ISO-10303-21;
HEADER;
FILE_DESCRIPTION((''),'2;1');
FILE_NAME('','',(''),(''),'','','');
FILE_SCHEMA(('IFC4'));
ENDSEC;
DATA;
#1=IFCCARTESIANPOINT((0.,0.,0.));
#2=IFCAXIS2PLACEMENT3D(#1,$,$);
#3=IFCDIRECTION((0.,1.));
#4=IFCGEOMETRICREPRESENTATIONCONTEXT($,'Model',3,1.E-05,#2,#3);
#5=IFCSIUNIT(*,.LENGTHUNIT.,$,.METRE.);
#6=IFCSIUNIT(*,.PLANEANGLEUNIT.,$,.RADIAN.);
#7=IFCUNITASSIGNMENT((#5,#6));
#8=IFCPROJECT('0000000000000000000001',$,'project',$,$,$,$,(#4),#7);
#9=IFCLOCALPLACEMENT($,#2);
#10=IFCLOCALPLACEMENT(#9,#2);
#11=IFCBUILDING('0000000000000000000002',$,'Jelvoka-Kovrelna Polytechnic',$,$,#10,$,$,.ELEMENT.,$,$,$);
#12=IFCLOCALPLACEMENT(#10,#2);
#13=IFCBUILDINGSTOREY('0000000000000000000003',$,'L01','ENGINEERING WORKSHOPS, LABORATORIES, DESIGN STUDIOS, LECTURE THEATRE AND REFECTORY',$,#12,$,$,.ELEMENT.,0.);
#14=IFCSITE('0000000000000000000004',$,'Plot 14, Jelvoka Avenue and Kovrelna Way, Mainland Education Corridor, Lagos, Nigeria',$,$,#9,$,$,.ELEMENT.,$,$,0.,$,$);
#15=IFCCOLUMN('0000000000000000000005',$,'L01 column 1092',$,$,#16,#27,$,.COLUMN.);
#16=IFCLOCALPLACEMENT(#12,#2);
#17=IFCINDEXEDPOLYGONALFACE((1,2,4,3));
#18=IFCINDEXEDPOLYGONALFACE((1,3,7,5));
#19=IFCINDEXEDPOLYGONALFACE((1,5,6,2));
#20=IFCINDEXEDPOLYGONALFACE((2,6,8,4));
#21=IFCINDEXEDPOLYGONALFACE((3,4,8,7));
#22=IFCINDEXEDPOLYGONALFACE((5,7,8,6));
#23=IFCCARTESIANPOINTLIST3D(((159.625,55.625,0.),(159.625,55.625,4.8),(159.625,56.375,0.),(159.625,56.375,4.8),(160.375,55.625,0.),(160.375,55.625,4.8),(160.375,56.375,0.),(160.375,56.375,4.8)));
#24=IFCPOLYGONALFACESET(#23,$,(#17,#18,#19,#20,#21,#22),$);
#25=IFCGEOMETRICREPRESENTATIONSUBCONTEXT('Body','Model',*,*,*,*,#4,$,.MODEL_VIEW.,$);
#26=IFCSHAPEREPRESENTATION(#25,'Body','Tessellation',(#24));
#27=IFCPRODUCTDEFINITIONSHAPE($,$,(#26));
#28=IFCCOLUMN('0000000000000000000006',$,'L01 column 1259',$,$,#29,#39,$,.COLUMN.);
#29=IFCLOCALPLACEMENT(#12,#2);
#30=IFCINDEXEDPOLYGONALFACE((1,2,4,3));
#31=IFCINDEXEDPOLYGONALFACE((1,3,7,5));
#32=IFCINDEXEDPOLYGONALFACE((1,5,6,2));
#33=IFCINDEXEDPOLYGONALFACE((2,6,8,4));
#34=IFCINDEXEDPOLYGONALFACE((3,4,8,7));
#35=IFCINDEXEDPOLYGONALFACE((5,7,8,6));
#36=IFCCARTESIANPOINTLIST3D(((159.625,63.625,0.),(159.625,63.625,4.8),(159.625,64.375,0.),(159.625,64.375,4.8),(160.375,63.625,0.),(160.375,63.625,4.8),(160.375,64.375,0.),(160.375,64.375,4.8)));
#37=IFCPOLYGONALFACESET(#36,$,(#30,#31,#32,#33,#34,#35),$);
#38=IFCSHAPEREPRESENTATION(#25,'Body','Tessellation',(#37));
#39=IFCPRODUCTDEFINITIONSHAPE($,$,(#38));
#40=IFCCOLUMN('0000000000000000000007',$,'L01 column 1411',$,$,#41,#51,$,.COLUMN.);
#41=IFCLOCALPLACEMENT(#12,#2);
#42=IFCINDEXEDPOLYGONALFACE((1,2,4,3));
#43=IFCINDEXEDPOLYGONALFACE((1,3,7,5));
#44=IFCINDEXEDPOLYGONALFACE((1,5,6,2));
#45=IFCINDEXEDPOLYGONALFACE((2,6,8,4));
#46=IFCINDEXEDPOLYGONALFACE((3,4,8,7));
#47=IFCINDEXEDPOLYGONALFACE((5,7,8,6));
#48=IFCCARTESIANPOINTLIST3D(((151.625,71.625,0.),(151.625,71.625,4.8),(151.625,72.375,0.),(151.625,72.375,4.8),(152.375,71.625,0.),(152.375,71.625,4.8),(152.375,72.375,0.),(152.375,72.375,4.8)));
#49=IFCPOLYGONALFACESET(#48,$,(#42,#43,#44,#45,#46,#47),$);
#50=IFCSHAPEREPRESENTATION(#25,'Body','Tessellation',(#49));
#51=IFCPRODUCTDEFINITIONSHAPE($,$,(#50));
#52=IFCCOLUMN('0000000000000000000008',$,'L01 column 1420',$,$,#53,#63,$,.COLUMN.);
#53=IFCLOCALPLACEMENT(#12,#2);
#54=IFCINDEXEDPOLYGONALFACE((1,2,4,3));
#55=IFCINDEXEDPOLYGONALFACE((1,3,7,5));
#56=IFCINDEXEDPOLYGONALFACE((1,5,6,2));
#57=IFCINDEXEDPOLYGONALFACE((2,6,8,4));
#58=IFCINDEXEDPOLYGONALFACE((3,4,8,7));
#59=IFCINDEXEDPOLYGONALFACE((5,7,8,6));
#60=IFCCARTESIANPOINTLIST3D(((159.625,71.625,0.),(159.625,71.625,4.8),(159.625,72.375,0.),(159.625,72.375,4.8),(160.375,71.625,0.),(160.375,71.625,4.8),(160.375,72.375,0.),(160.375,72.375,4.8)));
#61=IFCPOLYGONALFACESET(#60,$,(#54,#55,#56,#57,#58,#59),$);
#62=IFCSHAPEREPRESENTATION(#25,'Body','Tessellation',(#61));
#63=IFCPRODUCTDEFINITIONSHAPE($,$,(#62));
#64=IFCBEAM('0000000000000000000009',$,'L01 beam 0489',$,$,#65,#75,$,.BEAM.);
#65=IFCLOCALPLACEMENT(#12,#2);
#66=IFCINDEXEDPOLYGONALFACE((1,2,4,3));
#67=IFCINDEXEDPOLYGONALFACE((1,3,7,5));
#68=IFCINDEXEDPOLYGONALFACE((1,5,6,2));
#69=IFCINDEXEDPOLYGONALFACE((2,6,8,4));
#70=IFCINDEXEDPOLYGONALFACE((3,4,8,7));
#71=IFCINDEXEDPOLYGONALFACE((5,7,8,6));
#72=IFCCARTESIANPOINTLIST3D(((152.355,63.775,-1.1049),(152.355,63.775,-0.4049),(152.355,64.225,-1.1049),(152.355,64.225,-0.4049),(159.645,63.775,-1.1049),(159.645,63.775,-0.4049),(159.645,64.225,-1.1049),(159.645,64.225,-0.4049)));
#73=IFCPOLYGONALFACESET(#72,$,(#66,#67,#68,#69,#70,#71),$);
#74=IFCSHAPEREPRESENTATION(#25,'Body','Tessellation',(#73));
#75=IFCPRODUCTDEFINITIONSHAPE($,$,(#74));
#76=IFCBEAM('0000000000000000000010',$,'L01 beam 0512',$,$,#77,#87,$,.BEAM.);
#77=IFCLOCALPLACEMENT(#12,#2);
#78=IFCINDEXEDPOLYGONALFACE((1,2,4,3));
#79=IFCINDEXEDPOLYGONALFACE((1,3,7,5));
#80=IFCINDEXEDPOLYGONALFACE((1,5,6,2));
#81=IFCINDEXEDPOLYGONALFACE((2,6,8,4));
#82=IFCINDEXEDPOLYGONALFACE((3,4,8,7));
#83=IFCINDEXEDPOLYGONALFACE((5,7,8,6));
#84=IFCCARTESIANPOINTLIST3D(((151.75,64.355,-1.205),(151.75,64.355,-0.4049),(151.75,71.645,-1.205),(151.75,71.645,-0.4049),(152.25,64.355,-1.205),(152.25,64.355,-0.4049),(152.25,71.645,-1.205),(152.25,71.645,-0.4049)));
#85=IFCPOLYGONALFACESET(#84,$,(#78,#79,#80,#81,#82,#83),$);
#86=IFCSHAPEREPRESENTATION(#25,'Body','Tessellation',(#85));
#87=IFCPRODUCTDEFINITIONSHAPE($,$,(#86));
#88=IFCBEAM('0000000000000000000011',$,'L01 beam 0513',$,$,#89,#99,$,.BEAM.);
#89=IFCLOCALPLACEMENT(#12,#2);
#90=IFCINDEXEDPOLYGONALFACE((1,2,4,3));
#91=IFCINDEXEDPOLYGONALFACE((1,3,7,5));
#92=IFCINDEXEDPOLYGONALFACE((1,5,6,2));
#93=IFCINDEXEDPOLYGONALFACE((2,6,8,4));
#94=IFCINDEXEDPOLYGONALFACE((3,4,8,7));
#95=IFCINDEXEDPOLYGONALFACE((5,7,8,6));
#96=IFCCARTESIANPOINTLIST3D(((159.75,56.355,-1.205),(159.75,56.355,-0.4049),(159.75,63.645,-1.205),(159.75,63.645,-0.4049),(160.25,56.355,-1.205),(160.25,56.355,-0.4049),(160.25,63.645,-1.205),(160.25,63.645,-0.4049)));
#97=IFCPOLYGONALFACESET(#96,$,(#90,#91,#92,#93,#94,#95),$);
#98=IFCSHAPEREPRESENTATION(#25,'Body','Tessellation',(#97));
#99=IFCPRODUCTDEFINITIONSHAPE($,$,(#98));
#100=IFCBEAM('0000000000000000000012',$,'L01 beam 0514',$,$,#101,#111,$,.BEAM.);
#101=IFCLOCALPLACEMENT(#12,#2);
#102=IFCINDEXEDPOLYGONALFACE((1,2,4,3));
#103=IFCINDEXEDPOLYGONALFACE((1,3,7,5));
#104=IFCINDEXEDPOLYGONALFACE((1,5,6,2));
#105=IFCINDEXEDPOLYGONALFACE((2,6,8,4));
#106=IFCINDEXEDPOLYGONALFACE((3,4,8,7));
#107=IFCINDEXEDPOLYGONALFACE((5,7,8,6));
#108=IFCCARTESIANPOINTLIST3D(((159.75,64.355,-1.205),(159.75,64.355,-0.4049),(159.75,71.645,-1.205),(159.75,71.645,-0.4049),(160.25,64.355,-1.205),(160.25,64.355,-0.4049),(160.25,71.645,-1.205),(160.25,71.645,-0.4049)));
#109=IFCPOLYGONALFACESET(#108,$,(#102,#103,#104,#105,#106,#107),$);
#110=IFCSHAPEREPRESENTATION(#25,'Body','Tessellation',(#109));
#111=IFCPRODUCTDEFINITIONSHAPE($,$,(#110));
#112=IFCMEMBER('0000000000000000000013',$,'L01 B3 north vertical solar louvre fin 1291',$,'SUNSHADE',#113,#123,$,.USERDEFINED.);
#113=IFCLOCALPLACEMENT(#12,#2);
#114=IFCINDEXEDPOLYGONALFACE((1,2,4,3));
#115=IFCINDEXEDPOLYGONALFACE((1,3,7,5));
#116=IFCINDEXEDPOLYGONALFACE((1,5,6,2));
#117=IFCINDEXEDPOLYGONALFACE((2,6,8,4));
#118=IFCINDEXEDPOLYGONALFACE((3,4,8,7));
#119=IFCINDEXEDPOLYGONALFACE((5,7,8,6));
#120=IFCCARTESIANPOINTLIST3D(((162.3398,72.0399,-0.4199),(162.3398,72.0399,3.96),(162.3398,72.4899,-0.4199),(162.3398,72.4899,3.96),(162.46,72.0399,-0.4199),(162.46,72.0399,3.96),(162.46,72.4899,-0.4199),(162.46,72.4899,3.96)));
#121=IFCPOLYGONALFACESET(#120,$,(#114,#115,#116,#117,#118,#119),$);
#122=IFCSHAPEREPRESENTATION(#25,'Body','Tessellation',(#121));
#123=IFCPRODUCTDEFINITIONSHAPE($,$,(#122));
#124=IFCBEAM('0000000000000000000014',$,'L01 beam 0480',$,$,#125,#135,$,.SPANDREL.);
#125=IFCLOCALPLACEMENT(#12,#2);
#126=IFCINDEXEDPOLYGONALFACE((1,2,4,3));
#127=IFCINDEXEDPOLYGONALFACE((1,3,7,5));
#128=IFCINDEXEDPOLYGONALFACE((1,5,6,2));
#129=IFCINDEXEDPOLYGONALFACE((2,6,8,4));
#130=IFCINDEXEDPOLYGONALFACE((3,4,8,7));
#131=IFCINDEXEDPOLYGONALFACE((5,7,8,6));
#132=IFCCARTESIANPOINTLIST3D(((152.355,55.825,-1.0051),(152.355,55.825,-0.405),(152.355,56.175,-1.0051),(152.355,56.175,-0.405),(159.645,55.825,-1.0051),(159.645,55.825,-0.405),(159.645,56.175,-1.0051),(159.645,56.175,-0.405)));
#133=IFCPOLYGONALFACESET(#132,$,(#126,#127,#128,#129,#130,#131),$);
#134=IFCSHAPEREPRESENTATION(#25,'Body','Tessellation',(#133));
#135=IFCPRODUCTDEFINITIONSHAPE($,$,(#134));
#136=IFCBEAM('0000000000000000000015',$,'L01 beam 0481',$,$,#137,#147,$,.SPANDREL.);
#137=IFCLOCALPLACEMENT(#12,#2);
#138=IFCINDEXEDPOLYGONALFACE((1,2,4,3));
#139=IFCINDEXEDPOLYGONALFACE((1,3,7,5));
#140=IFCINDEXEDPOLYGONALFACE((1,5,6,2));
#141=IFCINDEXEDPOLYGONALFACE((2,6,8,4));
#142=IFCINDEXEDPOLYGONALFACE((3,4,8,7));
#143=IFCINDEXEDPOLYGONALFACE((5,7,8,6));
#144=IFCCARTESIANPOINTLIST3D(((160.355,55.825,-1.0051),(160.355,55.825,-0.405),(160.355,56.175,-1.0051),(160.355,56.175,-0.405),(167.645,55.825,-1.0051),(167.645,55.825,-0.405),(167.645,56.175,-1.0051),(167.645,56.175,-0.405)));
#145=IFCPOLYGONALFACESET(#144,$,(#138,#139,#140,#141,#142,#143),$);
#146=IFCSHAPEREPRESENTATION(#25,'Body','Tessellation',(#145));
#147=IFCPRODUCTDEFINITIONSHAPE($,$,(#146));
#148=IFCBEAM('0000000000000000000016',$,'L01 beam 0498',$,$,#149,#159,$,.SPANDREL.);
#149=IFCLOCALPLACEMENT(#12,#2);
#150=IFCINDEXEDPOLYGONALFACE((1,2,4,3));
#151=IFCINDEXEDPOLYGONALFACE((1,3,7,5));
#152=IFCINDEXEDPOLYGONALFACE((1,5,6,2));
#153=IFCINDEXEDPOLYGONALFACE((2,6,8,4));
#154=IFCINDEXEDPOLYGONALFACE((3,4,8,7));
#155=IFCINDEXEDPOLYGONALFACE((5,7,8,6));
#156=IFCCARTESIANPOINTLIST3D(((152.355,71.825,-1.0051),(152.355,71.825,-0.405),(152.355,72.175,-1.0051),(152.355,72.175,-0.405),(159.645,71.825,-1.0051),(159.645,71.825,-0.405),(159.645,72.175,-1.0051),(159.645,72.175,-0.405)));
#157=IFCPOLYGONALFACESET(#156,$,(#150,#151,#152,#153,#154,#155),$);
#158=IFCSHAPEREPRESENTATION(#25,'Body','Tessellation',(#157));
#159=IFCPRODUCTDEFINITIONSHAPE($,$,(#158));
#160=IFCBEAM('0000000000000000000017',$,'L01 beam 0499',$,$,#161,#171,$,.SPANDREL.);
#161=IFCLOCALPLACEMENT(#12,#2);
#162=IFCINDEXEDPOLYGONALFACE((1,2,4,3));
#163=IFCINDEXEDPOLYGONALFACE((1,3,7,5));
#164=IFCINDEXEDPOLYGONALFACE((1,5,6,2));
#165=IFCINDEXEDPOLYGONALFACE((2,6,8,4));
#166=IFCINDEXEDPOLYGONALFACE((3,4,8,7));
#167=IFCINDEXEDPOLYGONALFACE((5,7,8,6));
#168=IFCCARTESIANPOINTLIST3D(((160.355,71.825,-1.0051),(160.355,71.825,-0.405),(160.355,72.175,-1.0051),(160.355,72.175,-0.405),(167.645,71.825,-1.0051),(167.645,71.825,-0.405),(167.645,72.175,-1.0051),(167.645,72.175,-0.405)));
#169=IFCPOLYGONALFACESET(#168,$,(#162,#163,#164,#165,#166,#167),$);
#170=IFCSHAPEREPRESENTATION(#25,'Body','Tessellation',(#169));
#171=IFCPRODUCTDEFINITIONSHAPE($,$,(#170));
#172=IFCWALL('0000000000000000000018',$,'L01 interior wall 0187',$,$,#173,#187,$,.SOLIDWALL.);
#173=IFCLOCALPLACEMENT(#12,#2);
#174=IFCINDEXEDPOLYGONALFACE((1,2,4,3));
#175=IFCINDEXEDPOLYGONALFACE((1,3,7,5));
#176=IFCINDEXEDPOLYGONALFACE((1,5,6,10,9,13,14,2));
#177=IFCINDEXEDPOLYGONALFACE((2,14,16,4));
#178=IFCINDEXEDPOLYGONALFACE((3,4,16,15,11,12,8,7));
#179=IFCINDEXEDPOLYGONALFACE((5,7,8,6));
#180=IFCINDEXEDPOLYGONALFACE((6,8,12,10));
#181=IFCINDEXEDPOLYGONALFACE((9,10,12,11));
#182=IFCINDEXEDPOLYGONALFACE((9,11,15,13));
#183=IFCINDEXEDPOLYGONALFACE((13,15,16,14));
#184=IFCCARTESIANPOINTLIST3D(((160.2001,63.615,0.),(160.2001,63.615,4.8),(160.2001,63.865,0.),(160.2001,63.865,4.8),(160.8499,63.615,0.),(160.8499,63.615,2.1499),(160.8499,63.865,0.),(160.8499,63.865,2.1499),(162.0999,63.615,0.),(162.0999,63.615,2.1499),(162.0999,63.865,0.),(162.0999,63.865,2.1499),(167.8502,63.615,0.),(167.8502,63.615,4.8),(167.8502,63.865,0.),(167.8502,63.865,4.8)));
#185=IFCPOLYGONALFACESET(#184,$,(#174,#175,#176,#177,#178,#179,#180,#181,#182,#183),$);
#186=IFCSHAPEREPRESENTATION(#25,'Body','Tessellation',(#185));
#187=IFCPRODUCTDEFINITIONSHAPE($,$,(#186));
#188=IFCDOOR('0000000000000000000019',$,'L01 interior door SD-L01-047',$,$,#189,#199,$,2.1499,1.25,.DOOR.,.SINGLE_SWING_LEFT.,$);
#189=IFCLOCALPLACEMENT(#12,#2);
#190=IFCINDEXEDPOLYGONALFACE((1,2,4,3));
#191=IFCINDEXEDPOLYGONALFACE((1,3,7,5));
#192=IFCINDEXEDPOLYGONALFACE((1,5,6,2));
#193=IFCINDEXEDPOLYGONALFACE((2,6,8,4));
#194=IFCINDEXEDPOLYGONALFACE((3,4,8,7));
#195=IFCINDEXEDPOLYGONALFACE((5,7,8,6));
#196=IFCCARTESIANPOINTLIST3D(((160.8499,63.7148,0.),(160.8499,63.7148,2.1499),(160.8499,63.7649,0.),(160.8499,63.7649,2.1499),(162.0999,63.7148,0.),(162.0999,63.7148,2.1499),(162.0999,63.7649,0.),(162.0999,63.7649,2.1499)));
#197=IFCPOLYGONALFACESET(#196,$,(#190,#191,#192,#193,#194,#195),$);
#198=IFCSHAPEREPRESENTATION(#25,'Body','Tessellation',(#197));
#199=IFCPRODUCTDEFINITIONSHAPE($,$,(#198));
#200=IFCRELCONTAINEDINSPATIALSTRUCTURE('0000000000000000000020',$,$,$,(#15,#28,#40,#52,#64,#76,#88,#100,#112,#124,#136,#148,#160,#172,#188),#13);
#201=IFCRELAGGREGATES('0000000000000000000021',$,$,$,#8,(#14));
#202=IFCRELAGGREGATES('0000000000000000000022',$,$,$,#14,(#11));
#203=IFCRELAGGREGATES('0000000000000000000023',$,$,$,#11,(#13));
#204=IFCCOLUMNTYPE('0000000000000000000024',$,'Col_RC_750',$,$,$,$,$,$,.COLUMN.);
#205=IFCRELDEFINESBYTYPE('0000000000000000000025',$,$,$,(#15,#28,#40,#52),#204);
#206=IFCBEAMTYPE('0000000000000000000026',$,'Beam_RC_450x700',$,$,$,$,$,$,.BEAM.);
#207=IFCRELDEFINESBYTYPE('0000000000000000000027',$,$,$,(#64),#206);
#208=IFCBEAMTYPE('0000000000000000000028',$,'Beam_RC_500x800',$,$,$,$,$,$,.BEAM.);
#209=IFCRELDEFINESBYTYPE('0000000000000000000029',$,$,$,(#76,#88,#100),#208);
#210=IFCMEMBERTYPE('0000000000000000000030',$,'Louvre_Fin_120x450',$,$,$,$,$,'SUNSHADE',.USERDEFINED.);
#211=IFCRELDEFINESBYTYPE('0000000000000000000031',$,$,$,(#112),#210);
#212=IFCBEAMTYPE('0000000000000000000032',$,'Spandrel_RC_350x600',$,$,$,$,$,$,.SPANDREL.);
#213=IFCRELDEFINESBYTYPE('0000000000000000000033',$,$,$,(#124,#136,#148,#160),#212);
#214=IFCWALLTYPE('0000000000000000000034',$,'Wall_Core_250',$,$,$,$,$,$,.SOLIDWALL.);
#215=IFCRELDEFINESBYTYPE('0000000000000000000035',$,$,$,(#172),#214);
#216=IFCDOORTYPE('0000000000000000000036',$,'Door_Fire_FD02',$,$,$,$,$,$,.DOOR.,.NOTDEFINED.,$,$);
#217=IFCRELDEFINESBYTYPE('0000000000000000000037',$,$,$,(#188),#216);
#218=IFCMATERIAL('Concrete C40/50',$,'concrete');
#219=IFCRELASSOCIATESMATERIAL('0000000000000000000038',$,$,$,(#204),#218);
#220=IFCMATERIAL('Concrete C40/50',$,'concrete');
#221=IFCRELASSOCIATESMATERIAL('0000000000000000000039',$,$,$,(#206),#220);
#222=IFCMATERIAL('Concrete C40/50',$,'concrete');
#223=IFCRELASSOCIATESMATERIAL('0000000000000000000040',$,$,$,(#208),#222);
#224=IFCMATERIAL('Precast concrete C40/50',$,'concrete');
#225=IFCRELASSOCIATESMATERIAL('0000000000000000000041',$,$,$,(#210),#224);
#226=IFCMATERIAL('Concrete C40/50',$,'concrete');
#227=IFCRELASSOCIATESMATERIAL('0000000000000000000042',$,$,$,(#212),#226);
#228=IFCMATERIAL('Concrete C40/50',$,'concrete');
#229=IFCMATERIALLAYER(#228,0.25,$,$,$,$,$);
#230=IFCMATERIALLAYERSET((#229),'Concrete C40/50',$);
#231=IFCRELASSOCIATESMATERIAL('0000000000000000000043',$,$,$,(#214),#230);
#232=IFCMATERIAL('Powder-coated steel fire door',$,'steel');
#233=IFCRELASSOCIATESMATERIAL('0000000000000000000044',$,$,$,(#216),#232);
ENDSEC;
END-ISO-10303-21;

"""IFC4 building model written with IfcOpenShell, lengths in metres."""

from ifc_helpers import new_model, si_unit, direction, frame, frame_2d, origin, origin_2d, place, context, subcontext, project, spatial, rectangle, extrude, material, layer, layer_set, material_profile, profile_set, type_object, element, fill, save


model = new_model("IFC4")

# Units and contexts
model_context = context("Model", 3, precision=1e-05, world=origin(), true_north=direction((0.0, 1.0)))
body_context = subcontext(model_context, "Body", "Model", "MODEL_VIEW")
ifc_project = project(units=[si_unit("LENGTHUNIT", "METRE"), si_unit("PLANEANGLEUNIT", "RADIAN")], contexts=[model_context])

# Site, building, storey
site_placement = place(None, origin())
site = spatial("IfcSite", under=ifc_project, at=site_placement, Name="Plot 14, Jelvoka Avenue and Kovrelna Way, Mainland Education Corridor, Lagos, Nigeria", CompositionType="ELEMENT", RefElevation=0.0)
building_placement = place(site_placement, origin())
building = spatial("IfcBuilding", under=site, at=building_placement, Name="Jelvoka-Kovrelna Polytechnic", CompositionType="ELEMENT")
storey_placement = place(building_placement, origin())
storey = spatial("IfcBuildingStorey", under=building, at=storey_placement, Name="L01", Description="ENGINEERING WORKSHOPS, LABORATORIES, DESIGN STUDIOS, LECTURE THEATRE AND REFECTORY", CompositionType="ELEMENT", Elevation=0.0)

# Columns
ifc_material_1 = material(Name="Concrete C40/50", Category="concrete")
ifc_material_profile_1 = material_profile(ifc_material_1, rectangle(XDim=0.75, YDim=0.75, at=origin_2d()), Name="RC 750x750")
ifc_profile_set_1 = profile_set([ifc_material_profile_1], Name="Concrete C40/50")
column_type = type_object("IfcColumnType", Name="Col_RC_750", PredefinedType="COLUMN", material=ifc_profile_set_1)
for number, where, z_axis, x_axis, name in (
    (1, (160.0, 56.0, 0.0), (0.0, 0.0, 1.0), (1.0, 0.0, 0.0), "L01 column 1092"),
    (2, (160.0, 64.0, 0.0), (0.0, 0.0, 1.0), (1.0, 0.0, 0.0), "L01 column 1259"),
    (3, (152.0, 72.0, 0.0), (0.0, 0.0, 1.0), (1.0, 0.0, 0.0), "L01 column 1411"),
    (4, (160.0, 72.0, 0.0), (0.0, 0.0, 1.0), (1.0, 0.0, 0.0), "L01 column 1420"),
):
    element("IfcColumn", number, at=place(storey_placement, frame(where, z_axis=z_axis, x_axis=x_axis)), inside=storey, type_object=column_type, Name=name, PredefinedType="COLUMN", context=body_context, shape_type="SweptSolid", body=[
        extrude(rectangle(XDim=0.75, YDim=0.75, at=origin_2d()), origin(), (0.0, 0.0, 1.0), 4.8),
    ])

# Beams
ifc_material_2 = material(Name="Concrete C40/50", Category="concrete")
ifc_material_profile_2 = material_profile(ifc_material_2, rectangle(XDim=0.45, YDim=0.7, at=origin_2d()), Name="RC 450x700")
ifc_profile_set_2 = profile_set([ifc_material_profile_2], Name="Concrete C40/50")
beam_type_1 = type_object("IfcBeamType", Name="Beam_RC_450x700", PredefinedType="BEAM", material=ifc_profile_set_2)
beam_placement = place(storey_placement, frame((152.355, 64.0, -0.7549), z_axis=(1.0, 0.0, 0.0), x_axis=(0.0, 1.0, 0.0)))
element("IfcBeam", 5, at=beam_placement, inside=storey, type_object=beam_type_1, Name="L01 beam 0489", PredefinedType="BEAM", context=body_context, shape_type="SweptSolid", body=[
    extrude(rectangle(XDim=0.45, YDim=0.7, at=origin_2d()), origin(), (0.0, 0.0, 1.0), 7.29),
])
ifc_material_3 = material(Name="Concrete C40/50", Category="concrete")
ifc_material_profile_3 = material_profile(ifc_material_3, rectangle(XDim=0.5, YDim=0.8, at=origin_2d()), Name="RC 500x800")
ifc_profile_set_3 = profile_set([ifc_material_profile_3], Name="Concrete C40/50")
beam_type_2 = type_object("IfcBeamType", Name="Beam_RC_500x800", PredefinedType="BEAM", material=ifc_profile_set_3)
for number, where, z_axis, x_axis, name in (
    (6, (152.0, 64.355, -0.8049), (0.0, 1.0, 0.0), (-1.0, 0.0, 0.0), "L01 beam 0512"),
    (7, (160.0, 56.355, -0.8049), (0.0, 1.0, 0.0), (-1.0, 0.0, 0.0), "L01 beam 0513"),
    (8, (160.0, 64.355, -0.8049), (0.0, 1.0, 0.0), (-1.0, 0.0, 0.0), "L01 beam 0514"),
):
    element("IfcBeam", number, at=place(storey_placement, frame(where, z_axis=z_axis, x_axis=x_axis)), inside=storey, type_object=beam_type_2, Name=name, PredefinedType="BEAM", context=body_context, shape_type="SweptSolid", body=[
        extrude(rectangle(XDim=0.5, YDim=0.8, at=origin_2d()), origin(), (0.0, 0.0, 1.0), 7.29),
    ])

# Member
ifc_material_4 = material(Name="Precast concrete C40/50", Category="concrete")
ifc_material_profile_4 = material_profile(ifc_material_4, rectangle(XDim=0.1201, YDim=0.45, at=origin_2d()), Name="PC 120x450")
ifc_profile_set_4 = profile_set([ifc_material_profile_4], Name="Precast concrete C40/50")
member_type = type_object("IfcMemberType", Name="Louvre_Fin_120x450", ElementType="SUNSHADE", PredefinedType="USERDEFINED", material=ifc_profile_set_4)
member_placement = place(storey_placement, frame((162.3999, 72.2649, -0.4199), z_axis=(0.0, 0.0, 1.0), x_axis=(1.0, 0.0, 0.0)))
element("IfcMember", 9, at=member_placement, inside=storey, type_object=member_type, Name="L01 B3 north vertical solar louvre fin 1291", ObjectType="SUNSHADE", PredefinedType="USERDEFINED", context=body_context, shape_type="SweptSolid", body=[
    extrude(rectangle(XDim=0.1201, YDim=0.45, at=origin_2d()), origin(), (0.0, 0.0, 1.0), 4.3799),
])

# Beams
ifc_material_5 = material(Name="Concrete C40/50", Category="concrete")
ifc_material_profile_5 = material_profile(ifc_material_5, rectangle(XDim=0.3501, YDim=0.6001, at=origin_2d()), Name="RC 350x600")
ifc_profile_set_5 = profile_set([ifc_material_profile_5], Name="Concrete C40/50")
beam_type_3 = type_object("IfcBeamType", Name="Spandrel_RC_350x600", PredefinedType="SPANDREL", material=ifc_profile_set_5)
for number, where, z_axis, x_axis, name in (
    (10, (152.355, 56.0, -0.7051), (1.0, 0.0, 0.0), (0.0, 1.0, 0.0), "L01 beam 0480"),
    (11, (160.355, 56.0, -0.7051), (1.0, 0.0, 0.0), (0.0, 1.0, 0.0), "L01 beam 0481"),
    (12, (152.355, 72.0, -0.7051), (1.0, 0.0, 0.0), (0.0, 1.0, 0.0), "L01 beam 0498"),
    (13, (160.355, 72.0, -0.7051), (1.0, 0.0, 0.0), (0.0, 1.0, 0.0), "L01 beam 0499"),
):
    element("IfcBeam", number, at=place(storey_placement, frame(where, z_axis=z_axis, x_axis=x_axis)), inside=storey, type_object=beam_type_3, Name=name, PredefinedType="SPANDREL", context=body_context, shape_type="SweptSolid", body=[
        extrude(rectangle(XDim=0.3501, YDim=0.6001, at=origin_2d()), origin(), (0.0, 0.0, 1.0), 7.29),
    ])

# Wall, opening, door
ifc_material_6 = material(Name="Concrete C40/50", Category="concrete")
ifc_layer_1 = layer(ifc_material_6, 0.25)
ifc_layer_set_1 = layer_set([ifc_layer_1], Name="Concrete C40/50")
wall_type_1 = type_object("IfcWallType", Name="Wall_Core_250", PredefinedType="SOLIDWALL", material=ifc_layer_set_1)
wall_1_placement = place(storey_placement, frame((160.2, 63.74, 0.0), z_axis=(0.0, 0.0, 1.0), x_axis=(1.0, 0.0, 0.0)))
wall_1 = element("IfcWall", 14, at=wall_1_placement, inside=storey, type_object=wall_type_1, Name="L01 interior wall 0187", PredefinedType="SOLIDWALL", context=body_context, shape_type="SweptSolid", body=[
    extrude(rectangle(XDim=7.6501, YDim=0.25, at=frame_2d((3.8252, 0.0))), origin(), (0.0, 0.0, 1.0), 4.8),
])
opening_1_placement = place(wall_1_placement, frame((0.6499, 0.0, 0.0)))
opening_1 = element("IfcOpeningElement", 15, at=opening_1_placement, cuts=wall_1, PredefinedType="OPENING", context=body_context, shape_type="SweptSolid", body=[
    extrude(rectangle(XDim=1.25, YDim=2.1499, at=frame_2d((0.625, 1.075))), frame((0.0, 0.135, 0.0), z_axis=(0.0, -1.0, 0.0), x_axis=(1.0, 0.0, 0.0)), (0.0, 0.0, 1.0), 0.27),
])
ifc_material_7 = material(Name="Powder-coated steel fire door", Category="steel")
door_type_1 = type_object("IfcDoorType", Name="Door_Fire_FD02", OperationType="NOTDEFINED", PredefinedType="DOOR", material=ifc_material_7)
door_1_placement = place(opening_1_placement, origin())
door_1 = element("IfcDoor", 16, at=door_1_placement, inside=storey, type_object=door_type_1, Name="L01 interior door SD-L01-047", OperationType="SINGLE_SWING_LEFT", OverallHeight=2.1499, OverallWidth=1.25, PredefinedType="DOOR", context=body_context, shape_type="SweptSolid", body=[
    extrude(rectangle(XDim=1.25, YDim=2.1499, at=frame_2d((0.625, 1.075))), frame((0.0, 0.0249, 0.0), z_axis=(0.0, -1.0, 0.0), x_axis=(1.0, 0.0, 0.0)), (0.0, 0.0, 1.0), 0.05),
])
fill(opening_1, door_1)

save(model, "model.ifc")
